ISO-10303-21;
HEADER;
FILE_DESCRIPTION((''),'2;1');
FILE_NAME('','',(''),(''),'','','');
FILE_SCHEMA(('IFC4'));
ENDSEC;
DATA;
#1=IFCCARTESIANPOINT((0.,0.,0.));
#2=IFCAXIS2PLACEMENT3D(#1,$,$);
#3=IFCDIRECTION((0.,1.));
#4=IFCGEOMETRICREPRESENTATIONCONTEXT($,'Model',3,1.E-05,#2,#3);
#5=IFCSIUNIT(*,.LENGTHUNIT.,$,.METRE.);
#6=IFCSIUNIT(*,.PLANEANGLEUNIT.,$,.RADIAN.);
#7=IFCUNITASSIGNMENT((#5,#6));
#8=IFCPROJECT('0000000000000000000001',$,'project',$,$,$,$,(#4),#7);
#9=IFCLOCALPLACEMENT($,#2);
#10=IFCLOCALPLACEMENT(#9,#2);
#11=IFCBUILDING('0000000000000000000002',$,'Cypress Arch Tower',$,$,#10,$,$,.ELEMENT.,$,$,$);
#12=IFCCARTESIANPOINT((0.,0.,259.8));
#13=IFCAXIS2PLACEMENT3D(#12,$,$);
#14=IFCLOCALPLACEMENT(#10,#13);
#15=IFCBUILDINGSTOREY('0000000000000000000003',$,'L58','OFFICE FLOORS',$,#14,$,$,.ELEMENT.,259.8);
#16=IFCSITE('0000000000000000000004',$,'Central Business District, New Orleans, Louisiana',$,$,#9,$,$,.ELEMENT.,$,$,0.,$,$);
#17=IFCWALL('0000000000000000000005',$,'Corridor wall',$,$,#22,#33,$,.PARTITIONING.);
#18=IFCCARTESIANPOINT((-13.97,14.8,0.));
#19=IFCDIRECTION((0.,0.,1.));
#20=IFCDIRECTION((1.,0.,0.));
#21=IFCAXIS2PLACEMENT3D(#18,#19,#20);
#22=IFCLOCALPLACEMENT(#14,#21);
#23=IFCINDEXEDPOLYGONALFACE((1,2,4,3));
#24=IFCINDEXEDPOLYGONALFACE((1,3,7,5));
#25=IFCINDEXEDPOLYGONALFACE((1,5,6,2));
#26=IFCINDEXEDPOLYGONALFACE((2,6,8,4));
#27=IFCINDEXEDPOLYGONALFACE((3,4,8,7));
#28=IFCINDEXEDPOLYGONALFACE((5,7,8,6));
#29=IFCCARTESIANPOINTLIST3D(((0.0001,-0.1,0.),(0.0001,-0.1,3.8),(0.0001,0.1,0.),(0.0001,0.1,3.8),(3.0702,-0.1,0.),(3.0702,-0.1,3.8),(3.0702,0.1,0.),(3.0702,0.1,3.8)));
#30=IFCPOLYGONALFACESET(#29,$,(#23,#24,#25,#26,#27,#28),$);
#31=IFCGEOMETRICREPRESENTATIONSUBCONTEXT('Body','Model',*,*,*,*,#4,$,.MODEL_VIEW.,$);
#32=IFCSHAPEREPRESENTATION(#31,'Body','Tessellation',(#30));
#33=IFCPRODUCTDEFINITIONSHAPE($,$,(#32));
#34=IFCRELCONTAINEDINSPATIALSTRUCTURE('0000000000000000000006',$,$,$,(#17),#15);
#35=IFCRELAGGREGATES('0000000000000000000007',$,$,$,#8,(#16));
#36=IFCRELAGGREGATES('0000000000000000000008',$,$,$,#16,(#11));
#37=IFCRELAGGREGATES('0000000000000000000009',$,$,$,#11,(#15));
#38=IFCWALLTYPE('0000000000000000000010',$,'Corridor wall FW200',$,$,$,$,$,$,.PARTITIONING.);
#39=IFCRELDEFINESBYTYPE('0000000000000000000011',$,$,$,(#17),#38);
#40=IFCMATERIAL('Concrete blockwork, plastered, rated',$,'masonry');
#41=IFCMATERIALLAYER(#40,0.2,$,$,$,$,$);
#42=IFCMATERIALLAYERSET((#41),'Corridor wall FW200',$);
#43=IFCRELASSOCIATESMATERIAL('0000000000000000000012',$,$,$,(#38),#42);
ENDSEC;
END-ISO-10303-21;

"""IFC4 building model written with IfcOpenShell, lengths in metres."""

from ifc_helpers import new_model, si_unit, direction, frame, frame_2d, origin, place, context, subcontext, project, spatial, rectangle, extrude, material, layer, layer_set, type_object, element, save


model = new_model("IFC4")

# Units and contexts
model_context = context("Model", 3, precision=1e-05, world=origin(), true_north=direction((0.0, 1.0)))
body_context = subcontext(model_context, "Body", "Model", "MODEL_VIEW")
ifc_project = project(units=[si_unit("LENGTHUNIT", "METRE"), si_unit("PLANEANGLEUNIT", "RADIAN")], contexts=[model_context])

# Site, building, storey
site_placement = place(None, origin())
site = spatial("IfcSite", under=ifc_project, at=site_placement, Name="Central Business District, New Orleans, Louisiana", CompositionType="ELEMENT", RefElevation=0.0)
building_placement = place(site_placement, origin())
building = spatial("IfcBuilding", under=site, at=building_placement, Name="Cypress Arch Tower", CompositionType="ELEMENT")
storey_placement = place(building_placement, frame((0.0, 0.0, 259.8)))
storey = spatial("IfcBuildingStorey", under=building, at=storey_placement, Name="L58", Description="OFFICE FLOORS", CompositionType="ELEMENT", Elevation=259.8)

# Wall
ifc_material_1 = material(Name="Concrete blockwork, plastered, rated", Category="masonry")
ifc_layer_1 = layer(ifc_material_1, 0.2)
ifc_layer_set_1 = layer_set([ifc_layer_1], Name="Corridor wall FW200")
wall_type_1 = type_object("IfcWallType", Name="Corridor wall FW200", PredefinedType="PARTITIONING", material=ifc_layer_set_1)
wall_1_placement = place(storey_placement, frame((-13.97, 14.8, 0.0), z_axis=(0.0, 0.0, 1.0), x_axis=(1.0, 0.0, 0.0)))
element("IfcWall", 1, at=wall_1_placement, inside=storey, type_object=wall_type_1, Name="Corridor wall", PredefinedType="PARTITIONING", context=body_context, shape_type="SweptSolid", body=[
    extrude(rectangle(XDim=3.0701, YDim=0.2, at=frame_2d((1.5352, 0.0))), origin(), (0.0, 0.0, 1.0), 3.8),
])

save(model, "model.ifc")
